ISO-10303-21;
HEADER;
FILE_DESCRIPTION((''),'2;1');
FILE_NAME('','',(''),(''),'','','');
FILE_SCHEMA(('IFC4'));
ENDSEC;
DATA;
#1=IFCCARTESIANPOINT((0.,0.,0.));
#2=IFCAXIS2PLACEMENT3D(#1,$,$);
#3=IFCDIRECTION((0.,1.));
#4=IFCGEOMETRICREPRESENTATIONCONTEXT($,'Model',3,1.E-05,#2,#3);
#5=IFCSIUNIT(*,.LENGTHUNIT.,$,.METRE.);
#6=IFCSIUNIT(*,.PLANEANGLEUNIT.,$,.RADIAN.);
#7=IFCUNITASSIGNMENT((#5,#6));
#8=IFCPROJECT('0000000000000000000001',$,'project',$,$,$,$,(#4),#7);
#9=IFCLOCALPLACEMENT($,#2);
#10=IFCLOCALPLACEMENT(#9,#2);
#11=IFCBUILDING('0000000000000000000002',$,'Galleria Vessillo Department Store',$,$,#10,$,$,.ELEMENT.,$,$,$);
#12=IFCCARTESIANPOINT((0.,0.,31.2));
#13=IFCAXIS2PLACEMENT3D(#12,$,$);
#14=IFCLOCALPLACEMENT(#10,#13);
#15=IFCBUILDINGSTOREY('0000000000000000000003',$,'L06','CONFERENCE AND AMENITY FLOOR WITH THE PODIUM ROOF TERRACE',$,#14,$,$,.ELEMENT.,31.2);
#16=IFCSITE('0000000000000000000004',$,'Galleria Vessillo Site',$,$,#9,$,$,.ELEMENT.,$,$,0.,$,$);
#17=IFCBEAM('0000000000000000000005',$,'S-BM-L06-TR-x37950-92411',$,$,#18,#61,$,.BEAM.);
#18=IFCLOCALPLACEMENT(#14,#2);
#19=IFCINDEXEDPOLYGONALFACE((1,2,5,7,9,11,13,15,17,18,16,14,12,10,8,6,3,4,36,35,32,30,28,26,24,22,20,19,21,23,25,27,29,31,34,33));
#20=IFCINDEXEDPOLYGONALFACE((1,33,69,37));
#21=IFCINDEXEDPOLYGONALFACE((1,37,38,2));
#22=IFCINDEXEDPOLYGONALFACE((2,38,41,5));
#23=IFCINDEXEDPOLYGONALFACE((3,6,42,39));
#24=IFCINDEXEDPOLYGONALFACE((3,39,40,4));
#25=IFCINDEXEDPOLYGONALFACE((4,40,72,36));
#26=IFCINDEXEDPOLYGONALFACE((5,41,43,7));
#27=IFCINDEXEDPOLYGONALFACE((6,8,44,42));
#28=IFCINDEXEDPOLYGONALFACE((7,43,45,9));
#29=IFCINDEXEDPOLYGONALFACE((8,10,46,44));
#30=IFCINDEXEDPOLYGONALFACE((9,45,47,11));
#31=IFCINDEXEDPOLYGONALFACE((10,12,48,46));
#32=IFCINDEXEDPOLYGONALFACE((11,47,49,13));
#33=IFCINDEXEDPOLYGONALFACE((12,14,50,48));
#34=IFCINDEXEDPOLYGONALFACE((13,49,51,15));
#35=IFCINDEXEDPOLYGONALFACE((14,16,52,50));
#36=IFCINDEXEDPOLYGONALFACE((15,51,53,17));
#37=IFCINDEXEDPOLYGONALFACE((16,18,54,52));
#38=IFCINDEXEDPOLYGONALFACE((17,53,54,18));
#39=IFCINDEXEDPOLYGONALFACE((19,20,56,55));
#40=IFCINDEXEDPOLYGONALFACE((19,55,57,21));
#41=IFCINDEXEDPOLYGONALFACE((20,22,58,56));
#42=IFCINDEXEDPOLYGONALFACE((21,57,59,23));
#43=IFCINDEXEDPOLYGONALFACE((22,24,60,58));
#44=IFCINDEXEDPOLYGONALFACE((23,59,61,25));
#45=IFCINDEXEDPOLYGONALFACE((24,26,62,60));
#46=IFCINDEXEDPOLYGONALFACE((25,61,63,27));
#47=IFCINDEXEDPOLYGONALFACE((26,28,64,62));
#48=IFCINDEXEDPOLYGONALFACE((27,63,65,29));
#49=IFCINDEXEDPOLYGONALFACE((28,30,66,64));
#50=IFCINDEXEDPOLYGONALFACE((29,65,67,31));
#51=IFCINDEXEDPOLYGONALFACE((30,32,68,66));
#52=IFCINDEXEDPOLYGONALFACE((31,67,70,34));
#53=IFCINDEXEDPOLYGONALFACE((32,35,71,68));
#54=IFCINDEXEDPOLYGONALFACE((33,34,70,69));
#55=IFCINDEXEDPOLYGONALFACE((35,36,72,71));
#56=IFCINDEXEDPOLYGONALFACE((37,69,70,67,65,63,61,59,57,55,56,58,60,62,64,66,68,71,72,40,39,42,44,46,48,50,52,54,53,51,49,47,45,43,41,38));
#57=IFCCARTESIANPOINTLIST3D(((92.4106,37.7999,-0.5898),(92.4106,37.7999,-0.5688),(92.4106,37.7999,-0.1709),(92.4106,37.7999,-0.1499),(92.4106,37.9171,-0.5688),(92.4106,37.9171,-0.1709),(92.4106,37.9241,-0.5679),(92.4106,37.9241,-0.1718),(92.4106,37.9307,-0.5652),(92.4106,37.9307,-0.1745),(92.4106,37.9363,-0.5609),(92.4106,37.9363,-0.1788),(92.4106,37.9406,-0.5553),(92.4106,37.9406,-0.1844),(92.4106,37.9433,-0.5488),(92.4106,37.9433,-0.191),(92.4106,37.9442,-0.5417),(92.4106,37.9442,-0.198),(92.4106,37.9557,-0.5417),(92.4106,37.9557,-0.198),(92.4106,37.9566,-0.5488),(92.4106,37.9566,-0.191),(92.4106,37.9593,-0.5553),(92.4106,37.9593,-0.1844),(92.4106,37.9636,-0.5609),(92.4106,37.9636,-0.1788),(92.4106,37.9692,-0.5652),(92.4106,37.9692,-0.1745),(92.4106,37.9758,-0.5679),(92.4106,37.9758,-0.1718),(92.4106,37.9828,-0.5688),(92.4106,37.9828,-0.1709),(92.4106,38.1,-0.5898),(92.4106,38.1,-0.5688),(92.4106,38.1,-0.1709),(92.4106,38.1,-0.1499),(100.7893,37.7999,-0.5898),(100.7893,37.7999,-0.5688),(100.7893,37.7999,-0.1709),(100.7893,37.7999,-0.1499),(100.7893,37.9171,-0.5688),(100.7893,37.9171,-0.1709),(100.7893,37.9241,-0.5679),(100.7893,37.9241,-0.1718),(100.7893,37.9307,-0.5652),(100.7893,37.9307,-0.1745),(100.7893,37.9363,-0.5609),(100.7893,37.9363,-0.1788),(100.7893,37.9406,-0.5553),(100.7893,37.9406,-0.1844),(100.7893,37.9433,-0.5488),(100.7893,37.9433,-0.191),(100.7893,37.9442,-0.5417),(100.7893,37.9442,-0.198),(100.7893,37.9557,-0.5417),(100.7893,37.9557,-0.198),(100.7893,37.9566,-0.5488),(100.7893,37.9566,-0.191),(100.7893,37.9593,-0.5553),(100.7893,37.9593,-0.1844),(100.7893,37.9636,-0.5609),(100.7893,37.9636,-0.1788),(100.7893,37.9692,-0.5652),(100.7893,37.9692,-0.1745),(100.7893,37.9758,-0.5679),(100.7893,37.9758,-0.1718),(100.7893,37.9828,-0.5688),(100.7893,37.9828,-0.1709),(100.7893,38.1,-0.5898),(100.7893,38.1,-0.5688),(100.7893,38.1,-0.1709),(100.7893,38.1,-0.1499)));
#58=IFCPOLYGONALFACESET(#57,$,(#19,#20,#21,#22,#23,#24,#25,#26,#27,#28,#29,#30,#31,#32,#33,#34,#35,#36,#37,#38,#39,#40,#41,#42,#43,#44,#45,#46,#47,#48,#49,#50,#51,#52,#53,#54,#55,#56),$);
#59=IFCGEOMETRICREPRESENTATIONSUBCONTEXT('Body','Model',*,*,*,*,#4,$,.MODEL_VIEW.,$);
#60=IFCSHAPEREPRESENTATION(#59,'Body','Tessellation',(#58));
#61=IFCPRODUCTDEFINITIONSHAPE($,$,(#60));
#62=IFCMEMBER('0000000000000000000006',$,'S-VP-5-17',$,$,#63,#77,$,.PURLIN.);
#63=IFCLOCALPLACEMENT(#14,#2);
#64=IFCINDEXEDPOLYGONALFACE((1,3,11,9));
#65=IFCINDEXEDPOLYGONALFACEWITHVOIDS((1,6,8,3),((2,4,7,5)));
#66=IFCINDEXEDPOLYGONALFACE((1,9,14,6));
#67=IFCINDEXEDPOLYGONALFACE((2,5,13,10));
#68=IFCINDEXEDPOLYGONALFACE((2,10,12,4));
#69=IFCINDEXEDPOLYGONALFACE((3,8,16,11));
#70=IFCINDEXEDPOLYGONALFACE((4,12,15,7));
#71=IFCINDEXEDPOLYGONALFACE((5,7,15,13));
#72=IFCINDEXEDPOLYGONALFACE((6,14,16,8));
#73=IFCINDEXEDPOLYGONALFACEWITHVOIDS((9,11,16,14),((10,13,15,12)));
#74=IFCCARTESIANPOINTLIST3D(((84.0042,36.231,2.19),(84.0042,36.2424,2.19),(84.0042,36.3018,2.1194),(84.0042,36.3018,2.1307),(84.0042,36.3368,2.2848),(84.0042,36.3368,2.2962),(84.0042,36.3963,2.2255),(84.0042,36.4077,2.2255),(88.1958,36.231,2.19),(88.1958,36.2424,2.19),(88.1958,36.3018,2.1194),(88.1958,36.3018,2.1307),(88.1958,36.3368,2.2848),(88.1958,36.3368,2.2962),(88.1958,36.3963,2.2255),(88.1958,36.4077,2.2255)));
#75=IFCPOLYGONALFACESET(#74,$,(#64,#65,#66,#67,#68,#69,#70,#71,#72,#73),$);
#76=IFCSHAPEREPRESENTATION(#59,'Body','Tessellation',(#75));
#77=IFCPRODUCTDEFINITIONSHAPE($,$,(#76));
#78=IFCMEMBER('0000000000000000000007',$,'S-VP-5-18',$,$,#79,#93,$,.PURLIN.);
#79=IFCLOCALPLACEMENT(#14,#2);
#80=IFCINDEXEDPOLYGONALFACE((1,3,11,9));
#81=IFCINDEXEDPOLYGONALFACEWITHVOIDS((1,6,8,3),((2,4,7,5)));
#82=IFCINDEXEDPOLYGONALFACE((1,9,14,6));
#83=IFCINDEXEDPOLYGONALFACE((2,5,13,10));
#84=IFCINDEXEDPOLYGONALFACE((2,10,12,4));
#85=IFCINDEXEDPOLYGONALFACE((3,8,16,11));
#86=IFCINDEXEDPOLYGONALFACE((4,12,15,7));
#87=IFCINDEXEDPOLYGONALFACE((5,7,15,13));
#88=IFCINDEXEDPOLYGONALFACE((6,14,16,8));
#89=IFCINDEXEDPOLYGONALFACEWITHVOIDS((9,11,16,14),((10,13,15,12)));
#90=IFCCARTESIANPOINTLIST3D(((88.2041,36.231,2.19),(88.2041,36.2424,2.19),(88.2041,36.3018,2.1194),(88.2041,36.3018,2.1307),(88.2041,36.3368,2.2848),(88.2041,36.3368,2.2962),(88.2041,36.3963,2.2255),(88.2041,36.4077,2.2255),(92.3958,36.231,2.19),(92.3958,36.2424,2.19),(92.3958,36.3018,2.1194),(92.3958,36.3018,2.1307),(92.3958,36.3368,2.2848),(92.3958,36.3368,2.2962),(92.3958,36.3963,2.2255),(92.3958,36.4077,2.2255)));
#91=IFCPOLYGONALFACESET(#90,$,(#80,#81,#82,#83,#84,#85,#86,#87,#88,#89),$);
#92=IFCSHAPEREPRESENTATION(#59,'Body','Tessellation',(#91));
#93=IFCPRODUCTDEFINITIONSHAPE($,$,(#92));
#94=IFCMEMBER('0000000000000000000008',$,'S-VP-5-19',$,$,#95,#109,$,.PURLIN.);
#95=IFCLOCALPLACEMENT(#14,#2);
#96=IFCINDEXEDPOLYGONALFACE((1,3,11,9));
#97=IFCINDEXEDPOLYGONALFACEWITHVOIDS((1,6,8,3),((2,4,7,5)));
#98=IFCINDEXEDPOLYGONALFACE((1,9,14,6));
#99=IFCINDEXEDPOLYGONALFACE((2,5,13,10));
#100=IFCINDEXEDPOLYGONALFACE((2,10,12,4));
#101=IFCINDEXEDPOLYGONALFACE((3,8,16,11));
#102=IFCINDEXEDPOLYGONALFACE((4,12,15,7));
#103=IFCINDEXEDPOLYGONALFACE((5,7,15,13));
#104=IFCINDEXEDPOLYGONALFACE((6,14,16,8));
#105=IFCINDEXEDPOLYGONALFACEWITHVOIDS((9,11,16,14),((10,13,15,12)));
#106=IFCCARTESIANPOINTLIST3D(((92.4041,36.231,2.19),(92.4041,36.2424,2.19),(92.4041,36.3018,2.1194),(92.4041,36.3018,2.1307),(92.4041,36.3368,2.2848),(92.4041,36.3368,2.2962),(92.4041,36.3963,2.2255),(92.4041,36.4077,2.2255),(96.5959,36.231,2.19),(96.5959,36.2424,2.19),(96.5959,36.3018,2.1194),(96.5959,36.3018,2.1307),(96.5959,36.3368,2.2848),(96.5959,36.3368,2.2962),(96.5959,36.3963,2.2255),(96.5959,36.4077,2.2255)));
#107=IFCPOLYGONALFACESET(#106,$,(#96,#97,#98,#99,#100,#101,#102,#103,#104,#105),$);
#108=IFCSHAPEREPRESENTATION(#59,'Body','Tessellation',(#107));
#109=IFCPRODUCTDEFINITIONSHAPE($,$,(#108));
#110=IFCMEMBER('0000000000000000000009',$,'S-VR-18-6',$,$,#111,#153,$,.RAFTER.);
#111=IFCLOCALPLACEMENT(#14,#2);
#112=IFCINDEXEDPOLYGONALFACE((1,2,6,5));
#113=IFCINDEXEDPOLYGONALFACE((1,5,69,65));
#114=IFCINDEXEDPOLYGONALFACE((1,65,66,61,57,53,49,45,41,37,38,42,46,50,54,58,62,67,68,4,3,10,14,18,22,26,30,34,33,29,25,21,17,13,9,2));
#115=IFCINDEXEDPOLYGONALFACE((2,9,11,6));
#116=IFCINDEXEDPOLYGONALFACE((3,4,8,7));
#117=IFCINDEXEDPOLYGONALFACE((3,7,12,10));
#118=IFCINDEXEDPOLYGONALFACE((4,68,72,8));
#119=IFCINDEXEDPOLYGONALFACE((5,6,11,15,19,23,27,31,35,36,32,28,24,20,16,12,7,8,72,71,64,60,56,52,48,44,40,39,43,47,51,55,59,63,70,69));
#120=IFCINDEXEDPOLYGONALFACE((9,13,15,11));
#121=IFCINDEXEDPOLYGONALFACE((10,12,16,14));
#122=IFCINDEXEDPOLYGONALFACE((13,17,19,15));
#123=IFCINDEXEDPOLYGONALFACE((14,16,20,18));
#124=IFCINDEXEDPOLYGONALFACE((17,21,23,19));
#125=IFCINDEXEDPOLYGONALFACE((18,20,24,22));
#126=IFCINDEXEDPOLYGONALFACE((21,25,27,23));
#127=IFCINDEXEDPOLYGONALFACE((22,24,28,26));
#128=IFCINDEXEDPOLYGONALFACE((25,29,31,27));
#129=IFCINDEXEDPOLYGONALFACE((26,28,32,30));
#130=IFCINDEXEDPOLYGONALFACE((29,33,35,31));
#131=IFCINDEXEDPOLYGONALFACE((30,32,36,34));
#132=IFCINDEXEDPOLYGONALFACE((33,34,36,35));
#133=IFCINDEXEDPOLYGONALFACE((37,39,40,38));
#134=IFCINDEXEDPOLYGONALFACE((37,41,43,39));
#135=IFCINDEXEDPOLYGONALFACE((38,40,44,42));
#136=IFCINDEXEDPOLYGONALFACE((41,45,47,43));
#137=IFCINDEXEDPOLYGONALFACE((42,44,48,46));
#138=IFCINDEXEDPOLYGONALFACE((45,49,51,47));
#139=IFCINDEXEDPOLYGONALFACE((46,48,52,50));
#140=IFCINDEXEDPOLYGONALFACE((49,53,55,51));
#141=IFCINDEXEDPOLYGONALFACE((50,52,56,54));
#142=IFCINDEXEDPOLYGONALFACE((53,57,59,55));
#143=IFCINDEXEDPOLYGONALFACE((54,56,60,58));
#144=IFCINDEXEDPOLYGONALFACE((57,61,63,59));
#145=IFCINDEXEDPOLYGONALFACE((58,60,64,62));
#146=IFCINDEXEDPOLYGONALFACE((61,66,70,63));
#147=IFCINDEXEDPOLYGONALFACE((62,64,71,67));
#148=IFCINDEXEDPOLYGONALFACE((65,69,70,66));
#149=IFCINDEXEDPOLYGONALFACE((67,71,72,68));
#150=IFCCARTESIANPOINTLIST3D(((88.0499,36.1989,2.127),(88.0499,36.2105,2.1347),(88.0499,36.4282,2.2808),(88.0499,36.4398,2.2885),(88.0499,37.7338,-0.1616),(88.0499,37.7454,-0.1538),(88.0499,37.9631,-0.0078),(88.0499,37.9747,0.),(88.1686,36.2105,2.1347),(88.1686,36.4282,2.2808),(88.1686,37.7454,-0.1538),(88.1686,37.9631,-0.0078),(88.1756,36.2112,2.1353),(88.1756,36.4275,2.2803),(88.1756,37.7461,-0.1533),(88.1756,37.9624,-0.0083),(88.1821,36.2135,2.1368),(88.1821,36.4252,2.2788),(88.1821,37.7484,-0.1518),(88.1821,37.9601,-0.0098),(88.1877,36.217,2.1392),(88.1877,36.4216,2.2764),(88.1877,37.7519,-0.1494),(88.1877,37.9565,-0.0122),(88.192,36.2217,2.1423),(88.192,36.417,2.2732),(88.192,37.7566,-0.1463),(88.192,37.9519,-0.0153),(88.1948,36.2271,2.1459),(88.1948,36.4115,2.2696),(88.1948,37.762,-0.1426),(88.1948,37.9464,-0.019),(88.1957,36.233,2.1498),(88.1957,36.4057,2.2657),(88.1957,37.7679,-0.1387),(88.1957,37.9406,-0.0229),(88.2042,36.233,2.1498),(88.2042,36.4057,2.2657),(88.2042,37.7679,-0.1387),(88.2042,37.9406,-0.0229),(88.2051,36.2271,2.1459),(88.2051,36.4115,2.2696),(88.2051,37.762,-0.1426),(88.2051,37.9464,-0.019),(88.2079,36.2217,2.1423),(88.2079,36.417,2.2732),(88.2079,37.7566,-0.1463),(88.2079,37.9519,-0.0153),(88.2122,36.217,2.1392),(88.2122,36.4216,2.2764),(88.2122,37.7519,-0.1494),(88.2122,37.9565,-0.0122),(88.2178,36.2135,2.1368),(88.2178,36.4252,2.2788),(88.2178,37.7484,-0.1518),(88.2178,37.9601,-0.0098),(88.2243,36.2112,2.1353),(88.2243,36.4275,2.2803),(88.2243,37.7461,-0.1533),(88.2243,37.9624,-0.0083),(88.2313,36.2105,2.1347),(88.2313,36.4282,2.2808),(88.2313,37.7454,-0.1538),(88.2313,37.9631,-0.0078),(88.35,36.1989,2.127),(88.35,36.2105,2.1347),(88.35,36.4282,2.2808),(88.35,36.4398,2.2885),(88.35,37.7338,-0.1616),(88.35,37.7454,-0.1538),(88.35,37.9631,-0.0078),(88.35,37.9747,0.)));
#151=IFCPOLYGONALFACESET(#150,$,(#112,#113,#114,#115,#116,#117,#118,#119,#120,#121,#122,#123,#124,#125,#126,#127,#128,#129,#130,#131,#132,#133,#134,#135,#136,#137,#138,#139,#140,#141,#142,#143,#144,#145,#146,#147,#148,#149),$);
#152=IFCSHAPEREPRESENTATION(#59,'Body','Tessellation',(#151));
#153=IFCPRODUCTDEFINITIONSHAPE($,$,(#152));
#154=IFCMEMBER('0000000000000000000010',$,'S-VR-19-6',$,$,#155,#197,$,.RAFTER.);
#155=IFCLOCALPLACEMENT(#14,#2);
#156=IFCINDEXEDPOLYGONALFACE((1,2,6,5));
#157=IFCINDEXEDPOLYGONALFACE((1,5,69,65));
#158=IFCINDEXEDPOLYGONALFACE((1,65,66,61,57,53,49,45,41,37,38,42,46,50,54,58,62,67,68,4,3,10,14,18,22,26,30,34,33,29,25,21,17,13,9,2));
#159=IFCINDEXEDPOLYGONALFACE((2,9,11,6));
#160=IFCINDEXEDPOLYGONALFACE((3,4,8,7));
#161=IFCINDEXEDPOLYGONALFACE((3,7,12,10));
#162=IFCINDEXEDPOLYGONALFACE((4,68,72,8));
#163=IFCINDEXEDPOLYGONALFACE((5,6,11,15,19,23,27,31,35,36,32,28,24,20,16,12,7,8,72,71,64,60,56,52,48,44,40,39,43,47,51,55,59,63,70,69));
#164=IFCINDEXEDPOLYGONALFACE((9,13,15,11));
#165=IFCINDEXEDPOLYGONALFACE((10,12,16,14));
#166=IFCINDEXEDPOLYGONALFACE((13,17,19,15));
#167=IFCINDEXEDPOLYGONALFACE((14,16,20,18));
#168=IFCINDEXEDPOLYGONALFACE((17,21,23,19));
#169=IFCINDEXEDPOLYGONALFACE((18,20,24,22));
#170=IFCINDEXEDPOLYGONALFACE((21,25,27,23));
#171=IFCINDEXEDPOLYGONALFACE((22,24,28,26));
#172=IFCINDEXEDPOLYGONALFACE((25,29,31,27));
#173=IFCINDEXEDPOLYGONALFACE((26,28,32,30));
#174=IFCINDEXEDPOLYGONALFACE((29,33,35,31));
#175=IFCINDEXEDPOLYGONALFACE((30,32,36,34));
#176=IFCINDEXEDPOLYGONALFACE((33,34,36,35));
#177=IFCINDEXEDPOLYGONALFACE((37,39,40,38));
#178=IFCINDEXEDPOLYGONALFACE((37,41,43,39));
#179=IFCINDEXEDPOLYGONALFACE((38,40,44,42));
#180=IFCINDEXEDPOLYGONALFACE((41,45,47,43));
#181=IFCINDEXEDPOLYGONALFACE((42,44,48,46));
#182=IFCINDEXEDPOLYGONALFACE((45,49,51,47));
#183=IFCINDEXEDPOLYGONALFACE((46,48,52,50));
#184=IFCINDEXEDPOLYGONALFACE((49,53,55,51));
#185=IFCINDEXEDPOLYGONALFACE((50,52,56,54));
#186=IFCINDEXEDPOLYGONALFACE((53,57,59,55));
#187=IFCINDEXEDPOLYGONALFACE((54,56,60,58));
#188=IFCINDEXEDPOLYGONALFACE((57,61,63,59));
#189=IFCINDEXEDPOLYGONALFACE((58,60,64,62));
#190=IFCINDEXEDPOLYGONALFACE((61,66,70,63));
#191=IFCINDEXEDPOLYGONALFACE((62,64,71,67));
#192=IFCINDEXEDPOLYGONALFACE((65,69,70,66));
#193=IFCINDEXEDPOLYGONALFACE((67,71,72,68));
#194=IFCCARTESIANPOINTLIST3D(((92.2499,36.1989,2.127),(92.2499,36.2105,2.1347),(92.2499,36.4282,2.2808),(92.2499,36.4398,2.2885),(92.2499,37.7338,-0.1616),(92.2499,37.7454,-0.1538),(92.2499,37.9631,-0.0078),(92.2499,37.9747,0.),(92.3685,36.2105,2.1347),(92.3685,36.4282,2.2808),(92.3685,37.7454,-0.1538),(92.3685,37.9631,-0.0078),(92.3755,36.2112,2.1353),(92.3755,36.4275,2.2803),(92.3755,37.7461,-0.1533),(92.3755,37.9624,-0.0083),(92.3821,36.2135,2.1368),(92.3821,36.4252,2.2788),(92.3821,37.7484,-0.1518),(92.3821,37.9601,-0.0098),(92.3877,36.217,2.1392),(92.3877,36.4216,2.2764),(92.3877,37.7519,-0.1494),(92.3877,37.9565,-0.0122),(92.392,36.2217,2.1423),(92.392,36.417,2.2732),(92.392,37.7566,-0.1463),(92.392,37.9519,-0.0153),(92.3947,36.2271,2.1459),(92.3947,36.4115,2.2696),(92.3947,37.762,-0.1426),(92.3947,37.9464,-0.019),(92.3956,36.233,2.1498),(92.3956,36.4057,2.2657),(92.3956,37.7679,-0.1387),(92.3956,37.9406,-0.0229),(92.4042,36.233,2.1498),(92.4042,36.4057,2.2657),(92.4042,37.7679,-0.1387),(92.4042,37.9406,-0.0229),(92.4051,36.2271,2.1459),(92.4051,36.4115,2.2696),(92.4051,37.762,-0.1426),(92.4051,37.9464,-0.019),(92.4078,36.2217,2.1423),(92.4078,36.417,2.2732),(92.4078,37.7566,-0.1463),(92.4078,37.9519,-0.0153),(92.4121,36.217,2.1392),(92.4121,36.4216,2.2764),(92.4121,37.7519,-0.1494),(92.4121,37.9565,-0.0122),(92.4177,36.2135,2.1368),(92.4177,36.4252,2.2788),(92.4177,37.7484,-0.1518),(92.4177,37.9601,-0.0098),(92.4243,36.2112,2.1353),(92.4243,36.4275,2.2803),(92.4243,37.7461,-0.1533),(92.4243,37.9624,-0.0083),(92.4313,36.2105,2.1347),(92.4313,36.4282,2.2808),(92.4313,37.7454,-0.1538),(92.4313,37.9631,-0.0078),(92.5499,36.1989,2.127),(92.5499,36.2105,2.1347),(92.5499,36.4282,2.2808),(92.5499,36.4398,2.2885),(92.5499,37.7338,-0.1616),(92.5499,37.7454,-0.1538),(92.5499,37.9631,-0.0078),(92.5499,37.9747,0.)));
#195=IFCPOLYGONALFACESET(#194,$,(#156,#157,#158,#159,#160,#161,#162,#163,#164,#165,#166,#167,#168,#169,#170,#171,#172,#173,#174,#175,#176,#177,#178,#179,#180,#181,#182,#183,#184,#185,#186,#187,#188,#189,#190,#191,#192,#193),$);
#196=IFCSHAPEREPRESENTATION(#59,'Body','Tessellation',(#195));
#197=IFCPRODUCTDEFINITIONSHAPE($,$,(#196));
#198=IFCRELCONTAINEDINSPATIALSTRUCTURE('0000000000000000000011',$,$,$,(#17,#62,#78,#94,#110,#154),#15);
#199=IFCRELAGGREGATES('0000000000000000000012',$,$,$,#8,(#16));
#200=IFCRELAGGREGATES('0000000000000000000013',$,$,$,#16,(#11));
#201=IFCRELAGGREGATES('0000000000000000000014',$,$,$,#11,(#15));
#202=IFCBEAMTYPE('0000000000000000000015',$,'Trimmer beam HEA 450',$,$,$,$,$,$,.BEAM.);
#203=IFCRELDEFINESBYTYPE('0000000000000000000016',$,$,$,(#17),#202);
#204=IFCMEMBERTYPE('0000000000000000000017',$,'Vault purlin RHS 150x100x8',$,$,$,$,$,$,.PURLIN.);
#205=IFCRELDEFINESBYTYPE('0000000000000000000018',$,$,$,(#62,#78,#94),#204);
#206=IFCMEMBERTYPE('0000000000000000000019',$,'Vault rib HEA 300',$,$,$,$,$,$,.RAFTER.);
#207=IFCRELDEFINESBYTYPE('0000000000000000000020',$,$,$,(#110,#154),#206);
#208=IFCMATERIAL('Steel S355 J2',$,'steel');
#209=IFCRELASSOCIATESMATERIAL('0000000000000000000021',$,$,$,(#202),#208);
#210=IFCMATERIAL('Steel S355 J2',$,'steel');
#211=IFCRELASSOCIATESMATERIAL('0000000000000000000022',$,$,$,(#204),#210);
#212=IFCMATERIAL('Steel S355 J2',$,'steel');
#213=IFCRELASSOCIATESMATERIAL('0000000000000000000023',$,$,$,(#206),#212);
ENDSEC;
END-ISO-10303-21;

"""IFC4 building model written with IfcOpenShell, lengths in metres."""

from ifc_helpers import new_model, si_unit, direction, frame, origin, origin_2d, place, context, subcontext, project, spatial, hollow_rectangle, i_section, extrude, material, material_profile, profile_set, type_object, element, save


model = new_model("IFC4")

# Units and contexts
model_context = context("Model", 3, precision=1e-05, world=origin(), true_north=direction((0.0, 1.0)))
body_context = subcontext(model_context, "Body", "Model", "MODEL_VIEW")
ifc_project = project(units=[si_unit("LENGTHUNIT", "METRE"), si_unit("PLANEANGLEUNIT", "RADIAN")], contexts=[model_context])

# Site, building, storey
site_placement = place(None, origin())
site = spatial("IfcSite", under=ifc_project, at=site_placement, Name="Galleria Vessillo Site", CompositionType="ELEMENT", RefElevation=0.0)
building_placement = place(site_placement, origin())
building = spatial("IfcBuilding", under=site, at=building_placement, Name="Galleria Vessillo Department Store", CompositionType="ELEMENT")
storey_placement = place(building_placement, frame((0.0, 0.0, 31.2)))
storey = spatial("IfcBuildingStorey", under=building, at=storey_placement, Name="L06", Description="CONFERENCE AND AMENITY FLOOR WITH THE PODIUM ROOF TERRACE", CompositionType="ELEMENT", Elevation=31.2)

# Beam
ifc_material_1 = material(Name="Steel S355 J2", Category="steel")
ifc_material_profile_1 = material_profile(ifc_material_1, i_section(OverallWidth=0.3, OverallDepth=0.4399, WebThickness=0.0115, FlangeThickness=0.021, FilletRadius=0.0271, at=origin_2d()), Name="HEA 450")
ifc_profile_set_1 = profile_set([ifc_material_profile_1], Name="Steel S355 J2")
beam_type_1 = type_object("IfcBeamType", Name="Trimmer beam HEA 450", PredefinedType="BEAM", material=ifc_profile_set_1)
for number, where, z_axis, x_axis, name in (
    (1, (92.4106, 37.95, -0.3699), (1.0, 0.0, 0.0), (0.0, 1.0, 0.0), "S-BM-L06-TR-x37950-92411"),
):
    element("IfcBeam", number, at=place(storey_placement, frame(where, z_axis=z_axis, x_axis=x_axis)), inside=storey, type_object=beam_type_1, Name=name, PredefinedType="BEAM", context=body_context, shape_type="SweptSolid", body=[
        extrude(i_section(OverallWidth=0.3, OverallDepth=0.4399, WebThickness=0.0115, FlangeThickness=0.021, FilletRadius=0.0271, at=origin_2d()), origin(), (0.0, 0.0, 1.0), 8.3787),
    ])

# Members
ifc_material_2 = material(Name="Steel S355 J2", Category="steel")
ifc_material_profile_2 = material_profile(ifc_material_2, hollow_rectangle(XDim=0.1001, YDim=0.1499, WallThickness=0.0081, at=origin_2d()), Name="RHS 150x100x8")
ifc_profile_set_2 = profile_set([ifc_material_profile_2], Name="Steel S355 J2")
member_type_1 = type_object("IfcMemberType", Name="Vault purlin RHS 150x100x8", PredefinedType="PURLIN", material=ifc_profile_set_2)
for number, where, z_axis, x_axis, name in (
    (2, (84.0042, 36.3193, 2.2078), (1.0, 0.0, 0.0), (0.0, 0.708077, -0.706135), "S-VP-5-17"),
    (3, (88.2041, 36.3193, 2.2078), (1.0, 0.0, 0.0), (0.0, 0.708077, -0.706135), "S-VP-5-18"),
):
    element("IfcMember", number, at=place(storey_placement, frame(where, z_axis=z_axis, x_axis=x_axis)), inside=storey, type_object=member_type_1, Name=name, PredefinedType="PURLIN", context=body_context, shape_type="SweptSolid", body=[
        extrude(hollow_rectangle(XDim=0.1001, YDim=0.1499, WallThickness=0.0081, at=origin_2d()), origin(), (0.0, 0.0, 1.0), 4.1917),
    ])
member_placement = place(storey_placement, frame((92.4041, 36.3193, 2.2078), z_axis=(1.0, 0.0, 0.0), x_axis=(0.0, 0.708077, -0.706135)))
element("IfcMember", 4, at=member_placement, inside=storey, type_object=member_type_1, Name="S-VP-5-19", PredefinedType="PURLIN", context=body_context, shape_type="SweptSolid", body=[
    extrude(hollow_rectangle(XDim=0.1001, YDim=0.1499, WallThickness=0.0081, at=origin_2d()), origin(), (0.0, 0.0, 1.0), 4.1919),
])
ifc_material_3 = material(Name="Steel S355 J2", Category="steel")
ifc_material_profile_3 = material_profile(ifc_material_3, i_section(OverallWidth=0.3, OverallDepth=0.29, WebThickness=0.0085, FlangeThickness=0.0139, FilletRadius=0.0271, at=origin_2d()), Name="HEA 300")
ifc_profile_set_3 = profile_set([ifc_material_profile_3], Name="Steel S355 J2")
member_type_2 = type_object("IfcMemberType", Name="Vault rib HEA 300", PredefinedType="RAFTER", material=ifc_profile_set_3)
for number, where, z_axis, x_axis, name in (
    (5, (88.2, 36.3193, 2.2078), (0.0, 0.557008, -0.830507), (-1.0, 0.0, 0.0), "S-VR-18-6"),
    (6, (92.3999, 36.3193, 2.2078), (0.0, 0.557008, -0.830507), (-1.0, 0.0, 0.0), "S-VR-19-6"),
):
    element("IfcMember", number, at=place(storey_placement, frame(where, z_axis=z_axis, x_axis=x_axis)), inside=storey, type_object=member_type_2, Name=name, PredefinedType="RAFTER", context=body_context, shape_type="SweptSolid", body=[
        extrude(i_section(OverallWidth=0.3, OverallDepth=0.29, WebThickness=0.0085, FlangeThickness=0.0139, FilletRadius=0.0271, at=origin_2d()), origin(), (0.0, 0.0, 1.0), 2.7556),
    ])

save(model, "model.ifc")
